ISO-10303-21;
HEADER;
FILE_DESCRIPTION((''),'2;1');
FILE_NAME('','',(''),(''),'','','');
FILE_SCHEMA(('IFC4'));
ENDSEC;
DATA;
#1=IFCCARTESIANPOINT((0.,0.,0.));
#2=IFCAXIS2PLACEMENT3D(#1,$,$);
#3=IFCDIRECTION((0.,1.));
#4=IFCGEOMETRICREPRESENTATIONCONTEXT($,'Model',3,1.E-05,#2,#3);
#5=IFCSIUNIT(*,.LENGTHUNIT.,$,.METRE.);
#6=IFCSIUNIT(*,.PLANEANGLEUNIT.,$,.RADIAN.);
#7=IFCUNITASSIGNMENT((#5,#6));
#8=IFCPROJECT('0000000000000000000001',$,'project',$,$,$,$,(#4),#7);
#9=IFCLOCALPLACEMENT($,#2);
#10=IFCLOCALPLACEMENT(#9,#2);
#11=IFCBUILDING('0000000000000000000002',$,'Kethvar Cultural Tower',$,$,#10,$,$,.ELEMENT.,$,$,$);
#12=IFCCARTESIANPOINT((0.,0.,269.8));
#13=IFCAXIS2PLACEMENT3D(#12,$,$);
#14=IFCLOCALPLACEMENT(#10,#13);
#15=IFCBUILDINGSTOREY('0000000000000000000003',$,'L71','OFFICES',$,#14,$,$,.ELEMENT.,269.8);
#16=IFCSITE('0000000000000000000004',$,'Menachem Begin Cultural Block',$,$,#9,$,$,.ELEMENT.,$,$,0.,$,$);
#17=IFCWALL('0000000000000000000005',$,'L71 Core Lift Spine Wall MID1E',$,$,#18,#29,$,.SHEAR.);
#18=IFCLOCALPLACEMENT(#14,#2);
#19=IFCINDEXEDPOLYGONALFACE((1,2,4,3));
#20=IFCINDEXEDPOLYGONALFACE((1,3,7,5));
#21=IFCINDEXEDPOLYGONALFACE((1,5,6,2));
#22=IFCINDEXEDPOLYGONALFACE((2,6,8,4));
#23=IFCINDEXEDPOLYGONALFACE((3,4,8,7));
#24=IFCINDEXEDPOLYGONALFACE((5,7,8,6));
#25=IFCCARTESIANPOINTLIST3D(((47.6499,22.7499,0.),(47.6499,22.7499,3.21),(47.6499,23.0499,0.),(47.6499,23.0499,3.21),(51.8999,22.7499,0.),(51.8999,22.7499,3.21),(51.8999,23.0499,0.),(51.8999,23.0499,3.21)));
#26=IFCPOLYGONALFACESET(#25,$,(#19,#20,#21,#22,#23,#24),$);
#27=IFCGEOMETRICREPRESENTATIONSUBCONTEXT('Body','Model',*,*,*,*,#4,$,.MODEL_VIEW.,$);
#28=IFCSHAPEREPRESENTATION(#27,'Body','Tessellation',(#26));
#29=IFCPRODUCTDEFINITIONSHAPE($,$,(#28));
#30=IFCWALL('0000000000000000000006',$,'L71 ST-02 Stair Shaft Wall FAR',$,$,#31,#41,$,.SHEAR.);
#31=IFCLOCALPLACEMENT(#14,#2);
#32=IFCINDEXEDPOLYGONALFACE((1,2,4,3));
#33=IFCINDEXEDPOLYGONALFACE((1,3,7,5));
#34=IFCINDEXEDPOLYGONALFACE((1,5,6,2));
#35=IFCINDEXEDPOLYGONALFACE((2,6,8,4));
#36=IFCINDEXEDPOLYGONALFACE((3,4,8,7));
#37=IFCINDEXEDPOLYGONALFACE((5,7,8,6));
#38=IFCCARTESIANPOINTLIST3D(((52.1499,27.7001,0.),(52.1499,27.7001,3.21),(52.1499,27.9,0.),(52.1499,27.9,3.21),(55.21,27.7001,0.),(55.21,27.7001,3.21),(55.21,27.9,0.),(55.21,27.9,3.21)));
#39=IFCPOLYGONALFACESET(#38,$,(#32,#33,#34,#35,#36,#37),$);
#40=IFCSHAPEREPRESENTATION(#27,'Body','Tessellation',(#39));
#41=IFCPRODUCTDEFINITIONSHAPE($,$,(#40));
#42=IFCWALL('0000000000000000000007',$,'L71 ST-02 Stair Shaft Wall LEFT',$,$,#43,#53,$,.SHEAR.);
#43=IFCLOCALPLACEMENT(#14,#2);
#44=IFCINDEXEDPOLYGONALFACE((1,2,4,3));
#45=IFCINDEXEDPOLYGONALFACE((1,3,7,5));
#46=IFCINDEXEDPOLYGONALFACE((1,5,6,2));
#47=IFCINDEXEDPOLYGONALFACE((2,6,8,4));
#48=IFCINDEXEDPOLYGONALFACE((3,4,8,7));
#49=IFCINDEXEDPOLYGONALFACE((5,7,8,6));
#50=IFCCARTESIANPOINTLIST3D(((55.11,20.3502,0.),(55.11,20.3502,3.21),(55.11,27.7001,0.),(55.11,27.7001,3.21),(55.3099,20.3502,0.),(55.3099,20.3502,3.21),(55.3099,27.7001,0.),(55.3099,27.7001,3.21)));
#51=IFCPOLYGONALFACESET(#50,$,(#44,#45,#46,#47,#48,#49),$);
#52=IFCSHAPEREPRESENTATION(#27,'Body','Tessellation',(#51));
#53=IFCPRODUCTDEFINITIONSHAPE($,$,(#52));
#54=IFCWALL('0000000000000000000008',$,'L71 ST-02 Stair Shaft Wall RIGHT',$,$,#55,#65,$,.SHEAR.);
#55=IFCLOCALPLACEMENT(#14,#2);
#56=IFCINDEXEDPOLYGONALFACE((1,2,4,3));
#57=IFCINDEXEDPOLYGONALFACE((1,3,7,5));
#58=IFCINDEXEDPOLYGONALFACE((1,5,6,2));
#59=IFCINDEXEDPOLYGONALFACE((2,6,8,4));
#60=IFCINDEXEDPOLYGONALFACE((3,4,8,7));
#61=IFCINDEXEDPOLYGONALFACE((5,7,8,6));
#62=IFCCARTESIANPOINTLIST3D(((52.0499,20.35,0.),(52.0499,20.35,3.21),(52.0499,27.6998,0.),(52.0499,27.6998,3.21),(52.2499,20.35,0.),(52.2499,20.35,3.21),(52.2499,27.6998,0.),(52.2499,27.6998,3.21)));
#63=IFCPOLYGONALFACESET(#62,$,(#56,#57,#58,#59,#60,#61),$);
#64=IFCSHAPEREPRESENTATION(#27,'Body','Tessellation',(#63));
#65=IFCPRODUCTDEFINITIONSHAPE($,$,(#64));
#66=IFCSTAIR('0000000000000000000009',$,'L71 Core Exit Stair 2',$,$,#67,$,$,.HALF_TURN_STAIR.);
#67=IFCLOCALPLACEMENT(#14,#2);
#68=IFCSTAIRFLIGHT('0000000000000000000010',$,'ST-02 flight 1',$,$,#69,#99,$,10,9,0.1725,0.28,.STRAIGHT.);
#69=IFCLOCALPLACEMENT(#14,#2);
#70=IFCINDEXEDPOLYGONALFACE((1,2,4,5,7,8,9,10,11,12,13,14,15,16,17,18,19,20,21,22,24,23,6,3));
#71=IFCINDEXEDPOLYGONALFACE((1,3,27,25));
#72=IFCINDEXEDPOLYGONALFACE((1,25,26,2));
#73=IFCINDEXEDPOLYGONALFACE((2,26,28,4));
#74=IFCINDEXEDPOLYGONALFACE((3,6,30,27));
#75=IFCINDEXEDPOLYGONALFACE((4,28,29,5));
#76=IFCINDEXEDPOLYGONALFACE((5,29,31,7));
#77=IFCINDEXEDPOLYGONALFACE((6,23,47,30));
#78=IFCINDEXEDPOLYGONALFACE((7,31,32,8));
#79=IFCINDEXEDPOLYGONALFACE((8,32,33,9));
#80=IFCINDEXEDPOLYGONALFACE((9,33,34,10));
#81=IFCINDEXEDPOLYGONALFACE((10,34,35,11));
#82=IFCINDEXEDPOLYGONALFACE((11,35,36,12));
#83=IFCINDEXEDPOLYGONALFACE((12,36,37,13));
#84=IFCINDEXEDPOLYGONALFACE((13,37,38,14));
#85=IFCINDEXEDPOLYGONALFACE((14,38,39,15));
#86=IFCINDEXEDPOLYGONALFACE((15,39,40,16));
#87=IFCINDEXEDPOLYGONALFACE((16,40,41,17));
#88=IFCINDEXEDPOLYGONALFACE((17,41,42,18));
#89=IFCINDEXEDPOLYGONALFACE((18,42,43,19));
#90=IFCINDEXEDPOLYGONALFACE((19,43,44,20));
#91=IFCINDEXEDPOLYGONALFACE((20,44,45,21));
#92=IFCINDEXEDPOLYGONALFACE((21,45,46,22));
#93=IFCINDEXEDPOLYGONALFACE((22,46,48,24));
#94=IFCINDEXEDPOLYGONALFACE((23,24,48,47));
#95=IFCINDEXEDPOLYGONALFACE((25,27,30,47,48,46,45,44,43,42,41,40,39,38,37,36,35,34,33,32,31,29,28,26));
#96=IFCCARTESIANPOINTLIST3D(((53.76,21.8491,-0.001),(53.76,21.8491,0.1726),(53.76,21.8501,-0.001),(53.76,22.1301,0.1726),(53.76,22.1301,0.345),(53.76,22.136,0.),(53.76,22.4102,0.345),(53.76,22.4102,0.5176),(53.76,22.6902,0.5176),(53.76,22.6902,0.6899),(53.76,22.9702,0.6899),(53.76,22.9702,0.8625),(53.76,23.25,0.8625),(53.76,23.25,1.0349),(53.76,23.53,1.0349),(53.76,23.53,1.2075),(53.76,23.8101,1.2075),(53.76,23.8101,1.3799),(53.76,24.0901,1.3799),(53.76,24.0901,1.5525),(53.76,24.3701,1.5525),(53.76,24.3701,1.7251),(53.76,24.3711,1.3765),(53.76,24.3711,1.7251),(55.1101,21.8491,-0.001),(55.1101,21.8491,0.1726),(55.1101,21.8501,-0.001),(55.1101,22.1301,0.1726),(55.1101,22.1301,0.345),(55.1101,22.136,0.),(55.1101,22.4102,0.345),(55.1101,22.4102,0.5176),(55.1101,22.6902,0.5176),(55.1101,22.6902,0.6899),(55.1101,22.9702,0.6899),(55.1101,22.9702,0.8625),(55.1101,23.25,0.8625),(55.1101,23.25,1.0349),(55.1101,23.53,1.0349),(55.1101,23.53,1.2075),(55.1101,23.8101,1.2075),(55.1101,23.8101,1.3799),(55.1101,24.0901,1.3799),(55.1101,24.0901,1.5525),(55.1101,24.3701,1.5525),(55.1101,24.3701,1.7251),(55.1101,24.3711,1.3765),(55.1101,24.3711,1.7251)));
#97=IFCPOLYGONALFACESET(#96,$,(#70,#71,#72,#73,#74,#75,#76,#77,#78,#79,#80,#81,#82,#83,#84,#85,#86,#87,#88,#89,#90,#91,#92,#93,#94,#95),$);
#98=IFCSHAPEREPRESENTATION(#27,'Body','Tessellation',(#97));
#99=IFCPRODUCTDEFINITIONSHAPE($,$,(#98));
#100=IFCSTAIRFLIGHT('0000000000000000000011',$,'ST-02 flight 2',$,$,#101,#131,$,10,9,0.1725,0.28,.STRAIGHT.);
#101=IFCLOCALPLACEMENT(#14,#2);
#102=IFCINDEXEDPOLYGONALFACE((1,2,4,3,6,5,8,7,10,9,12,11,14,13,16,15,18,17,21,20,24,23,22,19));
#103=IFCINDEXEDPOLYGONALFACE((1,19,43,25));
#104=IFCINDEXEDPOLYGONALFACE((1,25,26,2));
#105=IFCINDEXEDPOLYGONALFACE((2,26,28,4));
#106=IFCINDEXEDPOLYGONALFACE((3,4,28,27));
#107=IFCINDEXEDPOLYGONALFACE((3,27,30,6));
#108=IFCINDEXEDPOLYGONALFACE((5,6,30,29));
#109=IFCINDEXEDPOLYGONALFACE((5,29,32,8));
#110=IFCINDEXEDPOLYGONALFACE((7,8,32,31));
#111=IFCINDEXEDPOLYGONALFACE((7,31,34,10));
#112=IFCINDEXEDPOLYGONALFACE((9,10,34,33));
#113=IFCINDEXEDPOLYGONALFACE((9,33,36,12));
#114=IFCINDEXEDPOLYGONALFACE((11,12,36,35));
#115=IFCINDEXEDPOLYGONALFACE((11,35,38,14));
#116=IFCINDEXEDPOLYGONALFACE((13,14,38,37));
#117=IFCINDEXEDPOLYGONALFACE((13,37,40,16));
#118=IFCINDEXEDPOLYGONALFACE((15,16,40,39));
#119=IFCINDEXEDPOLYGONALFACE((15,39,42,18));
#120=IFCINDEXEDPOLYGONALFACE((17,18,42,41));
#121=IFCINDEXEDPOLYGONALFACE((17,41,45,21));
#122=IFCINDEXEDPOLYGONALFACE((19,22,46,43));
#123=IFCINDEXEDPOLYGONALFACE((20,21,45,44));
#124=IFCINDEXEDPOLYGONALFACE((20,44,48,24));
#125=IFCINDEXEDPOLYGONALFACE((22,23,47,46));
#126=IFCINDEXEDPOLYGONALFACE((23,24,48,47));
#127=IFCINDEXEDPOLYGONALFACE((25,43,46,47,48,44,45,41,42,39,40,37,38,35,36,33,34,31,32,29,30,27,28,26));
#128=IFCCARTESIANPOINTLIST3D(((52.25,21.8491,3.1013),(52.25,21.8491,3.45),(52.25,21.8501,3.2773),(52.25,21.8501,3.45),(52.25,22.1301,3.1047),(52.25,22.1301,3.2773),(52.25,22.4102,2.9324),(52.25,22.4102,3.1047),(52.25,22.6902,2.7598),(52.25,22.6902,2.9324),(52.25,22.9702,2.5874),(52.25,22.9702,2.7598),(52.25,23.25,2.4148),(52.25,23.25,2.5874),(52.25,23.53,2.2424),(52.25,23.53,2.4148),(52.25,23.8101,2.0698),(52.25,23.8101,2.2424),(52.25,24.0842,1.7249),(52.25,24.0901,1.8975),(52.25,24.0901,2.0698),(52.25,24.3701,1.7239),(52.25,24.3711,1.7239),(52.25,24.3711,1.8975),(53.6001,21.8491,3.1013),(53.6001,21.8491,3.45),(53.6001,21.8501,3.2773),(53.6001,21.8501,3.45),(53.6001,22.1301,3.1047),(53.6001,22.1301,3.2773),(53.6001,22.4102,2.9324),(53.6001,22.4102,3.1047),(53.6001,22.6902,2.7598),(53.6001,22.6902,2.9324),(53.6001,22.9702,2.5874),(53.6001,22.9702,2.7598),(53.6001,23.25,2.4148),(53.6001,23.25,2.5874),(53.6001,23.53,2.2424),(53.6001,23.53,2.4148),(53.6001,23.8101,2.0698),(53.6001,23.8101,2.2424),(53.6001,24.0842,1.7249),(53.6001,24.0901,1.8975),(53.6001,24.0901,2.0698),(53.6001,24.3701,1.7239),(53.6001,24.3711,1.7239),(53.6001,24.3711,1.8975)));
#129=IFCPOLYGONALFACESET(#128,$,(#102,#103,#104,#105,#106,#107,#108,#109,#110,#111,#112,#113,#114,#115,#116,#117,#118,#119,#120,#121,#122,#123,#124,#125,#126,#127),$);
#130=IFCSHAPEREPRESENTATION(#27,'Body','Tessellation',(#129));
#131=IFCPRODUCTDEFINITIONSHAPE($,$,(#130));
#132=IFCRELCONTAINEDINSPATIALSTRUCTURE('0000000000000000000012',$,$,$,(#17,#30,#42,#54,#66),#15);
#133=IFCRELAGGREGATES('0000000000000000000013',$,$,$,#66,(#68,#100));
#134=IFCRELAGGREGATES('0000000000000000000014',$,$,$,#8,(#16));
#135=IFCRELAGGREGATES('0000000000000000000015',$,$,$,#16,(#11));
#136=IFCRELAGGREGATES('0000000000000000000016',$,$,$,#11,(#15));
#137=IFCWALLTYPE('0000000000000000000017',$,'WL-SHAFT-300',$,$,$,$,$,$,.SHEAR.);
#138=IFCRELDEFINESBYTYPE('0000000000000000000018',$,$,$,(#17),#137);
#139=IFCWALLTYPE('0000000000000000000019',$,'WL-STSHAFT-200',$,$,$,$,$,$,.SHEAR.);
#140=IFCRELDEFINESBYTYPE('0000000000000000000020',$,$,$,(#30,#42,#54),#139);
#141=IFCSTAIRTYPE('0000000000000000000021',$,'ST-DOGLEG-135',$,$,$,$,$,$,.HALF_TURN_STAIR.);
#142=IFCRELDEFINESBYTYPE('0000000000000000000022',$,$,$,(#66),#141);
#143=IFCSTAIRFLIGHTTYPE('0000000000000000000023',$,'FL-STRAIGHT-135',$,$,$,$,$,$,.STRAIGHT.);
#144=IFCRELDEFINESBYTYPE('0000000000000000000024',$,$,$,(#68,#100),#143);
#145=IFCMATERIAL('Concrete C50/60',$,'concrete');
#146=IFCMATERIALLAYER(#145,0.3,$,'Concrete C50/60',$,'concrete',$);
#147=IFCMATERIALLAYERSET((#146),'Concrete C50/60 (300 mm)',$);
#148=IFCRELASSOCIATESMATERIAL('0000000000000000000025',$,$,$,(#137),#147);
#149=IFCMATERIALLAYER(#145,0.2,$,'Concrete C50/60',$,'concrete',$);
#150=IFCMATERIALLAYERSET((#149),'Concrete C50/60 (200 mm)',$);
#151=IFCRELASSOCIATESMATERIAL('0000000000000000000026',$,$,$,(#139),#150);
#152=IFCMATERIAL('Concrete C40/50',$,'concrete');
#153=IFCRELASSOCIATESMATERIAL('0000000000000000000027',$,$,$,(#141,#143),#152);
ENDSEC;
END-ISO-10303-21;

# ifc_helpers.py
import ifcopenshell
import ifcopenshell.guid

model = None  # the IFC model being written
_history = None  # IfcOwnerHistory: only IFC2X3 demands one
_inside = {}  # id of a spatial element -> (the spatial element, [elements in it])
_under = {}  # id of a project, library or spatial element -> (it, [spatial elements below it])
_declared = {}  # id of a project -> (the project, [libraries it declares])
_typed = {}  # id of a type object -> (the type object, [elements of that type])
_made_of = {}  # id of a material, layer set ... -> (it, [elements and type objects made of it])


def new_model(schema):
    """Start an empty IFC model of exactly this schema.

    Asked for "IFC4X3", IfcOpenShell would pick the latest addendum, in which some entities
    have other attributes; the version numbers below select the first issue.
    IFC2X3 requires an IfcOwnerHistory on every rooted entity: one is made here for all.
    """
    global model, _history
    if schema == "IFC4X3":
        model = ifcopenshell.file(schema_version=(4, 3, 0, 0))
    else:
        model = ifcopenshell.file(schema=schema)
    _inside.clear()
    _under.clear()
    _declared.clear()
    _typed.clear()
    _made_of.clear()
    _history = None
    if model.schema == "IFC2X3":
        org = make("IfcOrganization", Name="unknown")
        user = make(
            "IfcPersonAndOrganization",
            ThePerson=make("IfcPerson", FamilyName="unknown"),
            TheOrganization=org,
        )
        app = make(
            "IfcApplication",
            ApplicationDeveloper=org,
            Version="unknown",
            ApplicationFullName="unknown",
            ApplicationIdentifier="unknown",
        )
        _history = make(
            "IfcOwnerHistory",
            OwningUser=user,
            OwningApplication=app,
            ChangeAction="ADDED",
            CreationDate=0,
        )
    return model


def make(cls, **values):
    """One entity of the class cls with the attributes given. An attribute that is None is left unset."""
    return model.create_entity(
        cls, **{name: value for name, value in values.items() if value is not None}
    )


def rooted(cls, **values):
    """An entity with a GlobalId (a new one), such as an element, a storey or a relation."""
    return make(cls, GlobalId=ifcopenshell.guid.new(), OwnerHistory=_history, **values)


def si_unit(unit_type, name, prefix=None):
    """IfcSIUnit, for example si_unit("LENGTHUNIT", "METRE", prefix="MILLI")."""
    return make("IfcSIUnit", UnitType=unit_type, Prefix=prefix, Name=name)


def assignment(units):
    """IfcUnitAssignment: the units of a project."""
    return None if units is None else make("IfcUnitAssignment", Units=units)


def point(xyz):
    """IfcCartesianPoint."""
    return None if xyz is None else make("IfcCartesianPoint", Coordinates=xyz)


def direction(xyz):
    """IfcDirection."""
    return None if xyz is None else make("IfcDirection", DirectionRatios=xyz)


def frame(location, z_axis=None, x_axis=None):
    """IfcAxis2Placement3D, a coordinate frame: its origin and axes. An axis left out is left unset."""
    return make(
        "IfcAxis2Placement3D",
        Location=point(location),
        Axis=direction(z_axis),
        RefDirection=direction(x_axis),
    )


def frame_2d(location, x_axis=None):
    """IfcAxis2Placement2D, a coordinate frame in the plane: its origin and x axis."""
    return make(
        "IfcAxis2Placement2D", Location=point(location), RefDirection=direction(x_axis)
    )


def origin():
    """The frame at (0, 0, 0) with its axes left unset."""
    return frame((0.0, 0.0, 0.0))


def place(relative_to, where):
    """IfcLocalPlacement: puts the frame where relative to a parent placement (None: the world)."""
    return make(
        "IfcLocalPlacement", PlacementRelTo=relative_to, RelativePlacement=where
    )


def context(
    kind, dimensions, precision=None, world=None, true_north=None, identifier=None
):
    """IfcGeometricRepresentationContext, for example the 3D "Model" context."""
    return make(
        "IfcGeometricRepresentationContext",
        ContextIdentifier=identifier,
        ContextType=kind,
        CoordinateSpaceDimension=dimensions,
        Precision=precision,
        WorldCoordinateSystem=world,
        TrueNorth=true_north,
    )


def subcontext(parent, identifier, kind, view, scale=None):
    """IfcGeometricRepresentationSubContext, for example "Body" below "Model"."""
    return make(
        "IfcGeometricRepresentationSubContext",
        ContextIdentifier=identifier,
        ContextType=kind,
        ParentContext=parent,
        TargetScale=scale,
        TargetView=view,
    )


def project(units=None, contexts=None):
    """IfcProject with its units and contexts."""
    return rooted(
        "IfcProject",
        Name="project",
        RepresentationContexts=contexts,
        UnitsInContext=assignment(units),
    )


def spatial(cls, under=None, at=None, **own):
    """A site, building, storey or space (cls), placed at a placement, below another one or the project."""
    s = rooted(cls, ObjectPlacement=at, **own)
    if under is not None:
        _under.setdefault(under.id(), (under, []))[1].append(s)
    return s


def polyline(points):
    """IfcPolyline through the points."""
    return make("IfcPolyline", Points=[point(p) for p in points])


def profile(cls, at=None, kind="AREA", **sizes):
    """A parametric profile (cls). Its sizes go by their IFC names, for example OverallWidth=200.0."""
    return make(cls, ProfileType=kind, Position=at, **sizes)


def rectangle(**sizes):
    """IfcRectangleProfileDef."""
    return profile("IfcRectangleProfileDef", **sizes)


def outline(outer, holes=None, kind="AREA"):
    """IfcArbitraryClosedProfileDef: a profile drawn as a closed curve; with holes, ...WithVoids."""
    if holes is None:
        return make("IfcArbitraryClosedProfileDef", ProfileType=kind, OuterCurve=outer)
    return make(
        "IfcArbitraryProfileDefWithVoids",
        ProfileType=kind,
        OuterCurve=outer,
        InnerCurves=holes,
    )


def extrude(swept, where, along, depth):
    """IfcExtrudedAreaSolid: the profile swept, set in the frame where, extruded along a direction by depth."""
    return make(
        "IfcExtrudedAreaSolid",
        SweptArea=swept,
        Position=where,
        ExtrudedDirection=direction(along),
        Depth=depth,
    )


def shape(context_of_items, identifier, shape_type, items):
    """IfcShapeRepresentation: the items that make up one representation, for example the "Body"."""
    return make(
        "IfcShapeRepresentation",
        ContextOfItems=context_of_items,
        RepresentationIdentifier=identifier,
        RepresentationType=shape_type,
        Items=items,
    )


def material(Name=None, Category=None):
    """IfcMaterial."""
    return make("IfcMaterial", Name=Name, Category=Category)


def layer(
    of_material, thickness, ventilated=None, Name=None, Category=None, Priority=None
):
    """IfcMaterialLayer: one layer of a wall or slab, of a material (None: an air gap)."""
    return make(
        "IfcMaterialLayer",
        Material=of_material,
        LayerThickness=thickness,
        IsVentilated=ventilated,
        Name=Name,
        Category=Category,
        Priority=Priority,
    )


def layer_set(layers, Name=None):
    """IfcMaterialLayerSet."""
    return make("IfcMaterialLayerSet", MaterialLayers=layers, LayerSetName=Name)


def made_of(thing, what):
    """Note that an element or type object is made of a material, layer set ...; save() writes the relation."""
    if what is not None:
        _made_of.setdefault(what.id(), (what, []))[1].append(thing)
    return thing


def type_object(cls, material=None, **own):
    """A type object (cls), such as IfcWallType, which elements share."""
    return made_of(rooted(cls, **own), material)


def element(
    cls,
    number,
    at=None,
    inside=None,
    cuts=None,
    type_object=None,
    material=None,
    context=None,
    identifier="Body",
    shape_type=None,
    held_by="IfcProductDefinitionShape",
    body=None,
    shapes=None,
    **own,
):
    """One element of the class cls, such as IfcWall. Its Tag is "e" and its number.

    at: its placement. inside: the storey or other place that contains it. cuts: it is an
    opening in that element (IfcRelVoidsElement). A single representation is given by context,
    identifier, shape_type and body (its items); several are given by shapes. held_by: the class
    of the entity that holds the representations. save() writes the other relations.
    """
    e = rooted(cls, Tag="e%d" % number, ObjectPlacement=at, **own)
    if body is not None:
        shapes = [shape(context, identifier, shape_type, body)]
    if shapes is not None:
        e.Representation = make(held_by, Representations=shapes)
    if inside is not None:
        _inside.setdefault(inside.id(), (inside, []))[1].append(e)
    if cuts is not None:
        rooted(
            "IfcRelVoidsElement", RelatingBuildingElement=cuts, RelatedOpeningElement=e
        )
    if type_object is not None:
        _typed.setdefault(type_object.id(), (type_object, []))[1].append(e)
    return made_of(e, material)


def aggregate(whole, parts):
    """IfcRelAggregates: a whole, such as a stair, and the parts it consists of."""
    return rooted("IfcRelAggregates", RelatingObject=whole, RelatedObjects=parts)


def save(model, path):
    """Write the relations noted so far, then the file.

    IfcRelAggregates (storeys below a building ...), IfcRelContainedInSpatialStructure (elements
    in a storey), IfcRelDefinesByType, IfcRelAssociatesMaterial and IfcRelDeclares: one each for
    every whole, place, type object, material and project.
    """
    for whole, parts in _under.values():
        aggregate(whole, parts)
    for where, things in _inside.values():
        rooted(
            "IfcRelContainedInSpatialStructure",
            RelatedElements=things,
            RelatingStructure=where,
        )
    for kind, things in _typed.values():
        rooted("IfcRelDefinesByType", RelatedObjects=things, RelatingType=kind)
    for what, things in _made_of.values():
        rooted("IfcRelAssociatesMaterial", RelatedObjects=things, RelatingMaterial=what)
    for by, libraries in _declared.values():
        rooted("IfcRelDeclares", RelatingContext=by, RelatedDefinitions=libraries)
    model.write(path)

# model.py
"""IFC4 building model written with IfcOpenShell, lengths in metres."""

from ifc_helpers import new_model, si_unit, direction, frame, frame_2d, origin, place, context, subcontext, project, spatial, polyline, rectangle, outline, extrude, material, layer, layer_set, type_object, element, aggregate, save


model = new_model("IFC4")

# Units and contexts
model_context = context("Model", 3, precision=1e-05, world=origin(), true_north=direction((0.0, 1.0)))
body_context = subcontext(model_context, "Body", "Model", "MODEL_VIEW")
ifc_project = project(units=[si_unit("LENGTHUNIT", "METRE"), si_unit("PLANEANGLEUNIT", "RADIAN")], contexts=[model_context])

# Site, building, storey
site_placement = place(None, origin())
site = spatial("IfcSite", under=ifc_project, at=site_placement, Name="Menachem Begin Cultural Block", CompositionType="ELEMENT", RefElevation=0.0)
building_placement = place(site_placement, origin())
building = spatial("IfcBuilding", under=site, at=building_placement, Name="Kethvar Cultural Tower", CompositionType="ELEMENT")
storey_placement = place(building_placement, frame((0.0, 0.0, 269.8)))
storey = spatial("IfcBuildingStorey", under=building, at=storey_placement, Name="L71", Description="OFFICES", CompositionType="ELEMENT", Elevation=269.8)

# Shared definitions
ifc_material_1 = material(Name="Concrete C50/60", Category="concrete")

# Wall
ifc_material_2 = material(Name="Concrete C40/50", Category="concrete")
ifc_layer_1 = layer(ifc_material_1, 0.3, Name="Concrete C50/60", Category="concrete")
ifc_layer_set_1 = layer_set([ifc_layer_1], Name="Concrete C50/60 (300 mm)")
wall_type_1 = type_object("IfcWallType", Name="WL-SHAFT-300", PredefinedType="SHEAR", material=ifc_layer_set_1)
wall_1_placement = place(storey_placement, frame((47.6499, 22.8999, 0.0), z_axis=(0.0, 0.0, 1.0), x_axis=(1.0, 0.0, 0.0)))
element("IfcWall", 1, at=wall_1_placement, inside=storey, type_object=wall_type_1, Name="L71 Core Lift Spine Wall MID1E", PredefinedType="SHEAR", context=body_context, shape_type="SweptSolid", body=[
    extrude(rectangle(XDim=4.25, YDim=0.3, at=frame_2d((2.125, 0.0))), origin(), (0.0, 0.0, 1.0), 3.21),
])

# Walls
ifc_layer_2 = layer(ifc_material_1, 0.2, Name="Concrete C50/60", Category="concrete")
ifc_layer_set_2 = layer_set([ifc_layer_2], Name="Concrete C50/60 (200 mm)")
wall_type_2 = type_object("IfcWallType", Name="WL-STSHAFT-200", PredefinedType="SHEAR", material=ifc_layer_set_2)
wall_2_placement = place(storey_placement, frame((52.1499, 27.8, 0.0), z_axis=(0.0, 0.0, 1.0), x_axis=(1.0, 0.0, 0.0)))
element("IfcWall", 2, at=wall_2_placement, inside=storey, type_object=wall_type_2, Name="L71 ST-02 Stair Shaft Wall FAR", PredefinedType="SHEAR", context=body_context, shape_type="SweptSolid", body=[
    extrude(rectangle(XDim=3.0601, YDim=0.2, at=frame_2d((1.53, 0.0))), origin(), (0.0, 0.0, 1.0), 3.21),
])
for number, where, z_axis, x_axis, name in (
    (3, (55.21, 27.7, 0.0), (0.0, 0.0, 1.0), (0.0, -1.0, 0.0), "L71 ST-02 Stair Shaft Wall LEFT"),
    (4, (52.1499, 20.3501, 0.0), (0.0, 0.0, 1.0), (0.0, 1.0, 0.0), "L71 ST-02 Stair Shaft Wall RIGHT"),
):
    element("IfcWall", number, at=place(storey_placement, frame(where, z_axis=z_axis, x_axis=x_axis)), inside=storey, type_object=wall_type_2, Name=name, PredefinedType="SHEAR", context=body_context, shape_type="SweptSolid", body=[
        extrude(rectangle(XDim=7.3499, YDim=0.2, at=frame_2d((3.6748, 0.0))), origin(), (0.0, 0.0, 1.0), 3.21),
    ])

# Stair, stair flights
stair_type = type_object("IfcStairType", Name="ST-DOGLEG-135", PredefinedType="HALF_TURN_STAIR", material=ifc_material_2)
stair_placement = place(storey_placement, origin())
stair = element("IfcStair", 5, at=stair_placement, inside=storey, type_object=stair_type, Name="L71 Core Exit Stair 2", PredefinedType="HALF_TURN_STAIR")
stair_flight_type = type_object("IfcStairFlightType", Name="FL-STRAIGHT-135", PredefinedType="STRAIGHT", material=ifc_material_2)
stair_flight_1_placement = place(storey_placement, frame((54.4351, 21.8501, 0.0), z_axis=(0.0, 0.0, 1.0), x_axis=(0.0, 1.0, 0.0)))
stair_flight_1 = element("IfcStairFlight", 6, at=stair_flight_1_placement, type_object=stair_flight_type, Name="ST-02 flight 1", NumberOfRisers=10, NumberOfTreads=9, PredefinedType="STRAIGHT", RiserHeight=0.1725, TreadLength=0.28, context=body_context, shape_type="SweptSolid", body=[
    extrude(outline(polyline([(-0.001, -0.001), (-0.001, 0.1726), (0.28, 0.1726), (0.28, 0.345), (0.5601, 0.345), (0.5601, 0.5176), (0.8401, 0.5176), (0.8401, 0.6899), (1.1201, 0.6899), (1.1201, 0.8625), (1.3999, 0.8625), (1.3999, 1.0349), (1.6799, 1.0349), (1.6799, 1.2075), (1.96, 1.2075), (1.96, 1.3799), (2.24, 1.3799), (2.24, 1.5525), (2.52, 1.5525), (2.52, 1.7251), (2.521, 1.7251), (2.521, 1.3765), (0.2859, 0.0), (0.0, -0.001), (-0.001, -0.001)])), frame((0.0, 0.675, 0.0), z_axis=(0.0, -1.0, 0.0), x_axis=(1.0, 0.0, 0.0)), (0.0, 0.0, 1.0), 1.3501),
])
stair_flight_2_placement = place(storey_placement, frame((52.925, 24.3701, 1.7249), z_axis=(0.0, 0.0, 1.0), x_axis=(0.0, -1.0, 0.0)))
stair_flight_2 = element("IfcStairFlight", 7, at=stair_flight_2_placement, type_object=stair_flight_type, Name="ST-02 flight 2", NumberOfRisers=10, NumberOfTreads=9, PredefinedType="STRAIGHT", RiserHeight=0.1725, TreadLength=0.28, context=body_context, shape_type="SweptSolid", body=[
    extrude(outline(polyline([(-0.001, -0.001), (-0.001, 0.1726), (0.28, 0.1726), (0.28, 0.345), (0.5601, 0.345), (0.5601, 0.5176), (0.8401, 0.5176), (0.8401, 0.6899), (1.1201, 0.6899), (1.1201, 0.8625), (1.3999, 0.8625), (1.3999, 1.0349), (1.6799, 1.0349), (1.6799, 1.2075), (1.96, 1.2075), (1.96, 1.3799), (2.24, 1.3799), (2.24, 1.5525), (2.52, 1.5525), (2.52, 1.7251), (2.521, 1.7251), (2.521, 1.3765), (0.2859, 0.0), (0.0, -0.001), (-0.001, -0.001)])), frame((0.0, 0.675, 0.0), z_axis=(0.0, -1.0, 0.0), x_axis=(1.0, 0.0, 0.0)), (0.0, 0.0, 1.0), 1.3501),
])
aggregate(stair, [stair_flight_1, stair_flight_2])

save(model, "model.ifc")
